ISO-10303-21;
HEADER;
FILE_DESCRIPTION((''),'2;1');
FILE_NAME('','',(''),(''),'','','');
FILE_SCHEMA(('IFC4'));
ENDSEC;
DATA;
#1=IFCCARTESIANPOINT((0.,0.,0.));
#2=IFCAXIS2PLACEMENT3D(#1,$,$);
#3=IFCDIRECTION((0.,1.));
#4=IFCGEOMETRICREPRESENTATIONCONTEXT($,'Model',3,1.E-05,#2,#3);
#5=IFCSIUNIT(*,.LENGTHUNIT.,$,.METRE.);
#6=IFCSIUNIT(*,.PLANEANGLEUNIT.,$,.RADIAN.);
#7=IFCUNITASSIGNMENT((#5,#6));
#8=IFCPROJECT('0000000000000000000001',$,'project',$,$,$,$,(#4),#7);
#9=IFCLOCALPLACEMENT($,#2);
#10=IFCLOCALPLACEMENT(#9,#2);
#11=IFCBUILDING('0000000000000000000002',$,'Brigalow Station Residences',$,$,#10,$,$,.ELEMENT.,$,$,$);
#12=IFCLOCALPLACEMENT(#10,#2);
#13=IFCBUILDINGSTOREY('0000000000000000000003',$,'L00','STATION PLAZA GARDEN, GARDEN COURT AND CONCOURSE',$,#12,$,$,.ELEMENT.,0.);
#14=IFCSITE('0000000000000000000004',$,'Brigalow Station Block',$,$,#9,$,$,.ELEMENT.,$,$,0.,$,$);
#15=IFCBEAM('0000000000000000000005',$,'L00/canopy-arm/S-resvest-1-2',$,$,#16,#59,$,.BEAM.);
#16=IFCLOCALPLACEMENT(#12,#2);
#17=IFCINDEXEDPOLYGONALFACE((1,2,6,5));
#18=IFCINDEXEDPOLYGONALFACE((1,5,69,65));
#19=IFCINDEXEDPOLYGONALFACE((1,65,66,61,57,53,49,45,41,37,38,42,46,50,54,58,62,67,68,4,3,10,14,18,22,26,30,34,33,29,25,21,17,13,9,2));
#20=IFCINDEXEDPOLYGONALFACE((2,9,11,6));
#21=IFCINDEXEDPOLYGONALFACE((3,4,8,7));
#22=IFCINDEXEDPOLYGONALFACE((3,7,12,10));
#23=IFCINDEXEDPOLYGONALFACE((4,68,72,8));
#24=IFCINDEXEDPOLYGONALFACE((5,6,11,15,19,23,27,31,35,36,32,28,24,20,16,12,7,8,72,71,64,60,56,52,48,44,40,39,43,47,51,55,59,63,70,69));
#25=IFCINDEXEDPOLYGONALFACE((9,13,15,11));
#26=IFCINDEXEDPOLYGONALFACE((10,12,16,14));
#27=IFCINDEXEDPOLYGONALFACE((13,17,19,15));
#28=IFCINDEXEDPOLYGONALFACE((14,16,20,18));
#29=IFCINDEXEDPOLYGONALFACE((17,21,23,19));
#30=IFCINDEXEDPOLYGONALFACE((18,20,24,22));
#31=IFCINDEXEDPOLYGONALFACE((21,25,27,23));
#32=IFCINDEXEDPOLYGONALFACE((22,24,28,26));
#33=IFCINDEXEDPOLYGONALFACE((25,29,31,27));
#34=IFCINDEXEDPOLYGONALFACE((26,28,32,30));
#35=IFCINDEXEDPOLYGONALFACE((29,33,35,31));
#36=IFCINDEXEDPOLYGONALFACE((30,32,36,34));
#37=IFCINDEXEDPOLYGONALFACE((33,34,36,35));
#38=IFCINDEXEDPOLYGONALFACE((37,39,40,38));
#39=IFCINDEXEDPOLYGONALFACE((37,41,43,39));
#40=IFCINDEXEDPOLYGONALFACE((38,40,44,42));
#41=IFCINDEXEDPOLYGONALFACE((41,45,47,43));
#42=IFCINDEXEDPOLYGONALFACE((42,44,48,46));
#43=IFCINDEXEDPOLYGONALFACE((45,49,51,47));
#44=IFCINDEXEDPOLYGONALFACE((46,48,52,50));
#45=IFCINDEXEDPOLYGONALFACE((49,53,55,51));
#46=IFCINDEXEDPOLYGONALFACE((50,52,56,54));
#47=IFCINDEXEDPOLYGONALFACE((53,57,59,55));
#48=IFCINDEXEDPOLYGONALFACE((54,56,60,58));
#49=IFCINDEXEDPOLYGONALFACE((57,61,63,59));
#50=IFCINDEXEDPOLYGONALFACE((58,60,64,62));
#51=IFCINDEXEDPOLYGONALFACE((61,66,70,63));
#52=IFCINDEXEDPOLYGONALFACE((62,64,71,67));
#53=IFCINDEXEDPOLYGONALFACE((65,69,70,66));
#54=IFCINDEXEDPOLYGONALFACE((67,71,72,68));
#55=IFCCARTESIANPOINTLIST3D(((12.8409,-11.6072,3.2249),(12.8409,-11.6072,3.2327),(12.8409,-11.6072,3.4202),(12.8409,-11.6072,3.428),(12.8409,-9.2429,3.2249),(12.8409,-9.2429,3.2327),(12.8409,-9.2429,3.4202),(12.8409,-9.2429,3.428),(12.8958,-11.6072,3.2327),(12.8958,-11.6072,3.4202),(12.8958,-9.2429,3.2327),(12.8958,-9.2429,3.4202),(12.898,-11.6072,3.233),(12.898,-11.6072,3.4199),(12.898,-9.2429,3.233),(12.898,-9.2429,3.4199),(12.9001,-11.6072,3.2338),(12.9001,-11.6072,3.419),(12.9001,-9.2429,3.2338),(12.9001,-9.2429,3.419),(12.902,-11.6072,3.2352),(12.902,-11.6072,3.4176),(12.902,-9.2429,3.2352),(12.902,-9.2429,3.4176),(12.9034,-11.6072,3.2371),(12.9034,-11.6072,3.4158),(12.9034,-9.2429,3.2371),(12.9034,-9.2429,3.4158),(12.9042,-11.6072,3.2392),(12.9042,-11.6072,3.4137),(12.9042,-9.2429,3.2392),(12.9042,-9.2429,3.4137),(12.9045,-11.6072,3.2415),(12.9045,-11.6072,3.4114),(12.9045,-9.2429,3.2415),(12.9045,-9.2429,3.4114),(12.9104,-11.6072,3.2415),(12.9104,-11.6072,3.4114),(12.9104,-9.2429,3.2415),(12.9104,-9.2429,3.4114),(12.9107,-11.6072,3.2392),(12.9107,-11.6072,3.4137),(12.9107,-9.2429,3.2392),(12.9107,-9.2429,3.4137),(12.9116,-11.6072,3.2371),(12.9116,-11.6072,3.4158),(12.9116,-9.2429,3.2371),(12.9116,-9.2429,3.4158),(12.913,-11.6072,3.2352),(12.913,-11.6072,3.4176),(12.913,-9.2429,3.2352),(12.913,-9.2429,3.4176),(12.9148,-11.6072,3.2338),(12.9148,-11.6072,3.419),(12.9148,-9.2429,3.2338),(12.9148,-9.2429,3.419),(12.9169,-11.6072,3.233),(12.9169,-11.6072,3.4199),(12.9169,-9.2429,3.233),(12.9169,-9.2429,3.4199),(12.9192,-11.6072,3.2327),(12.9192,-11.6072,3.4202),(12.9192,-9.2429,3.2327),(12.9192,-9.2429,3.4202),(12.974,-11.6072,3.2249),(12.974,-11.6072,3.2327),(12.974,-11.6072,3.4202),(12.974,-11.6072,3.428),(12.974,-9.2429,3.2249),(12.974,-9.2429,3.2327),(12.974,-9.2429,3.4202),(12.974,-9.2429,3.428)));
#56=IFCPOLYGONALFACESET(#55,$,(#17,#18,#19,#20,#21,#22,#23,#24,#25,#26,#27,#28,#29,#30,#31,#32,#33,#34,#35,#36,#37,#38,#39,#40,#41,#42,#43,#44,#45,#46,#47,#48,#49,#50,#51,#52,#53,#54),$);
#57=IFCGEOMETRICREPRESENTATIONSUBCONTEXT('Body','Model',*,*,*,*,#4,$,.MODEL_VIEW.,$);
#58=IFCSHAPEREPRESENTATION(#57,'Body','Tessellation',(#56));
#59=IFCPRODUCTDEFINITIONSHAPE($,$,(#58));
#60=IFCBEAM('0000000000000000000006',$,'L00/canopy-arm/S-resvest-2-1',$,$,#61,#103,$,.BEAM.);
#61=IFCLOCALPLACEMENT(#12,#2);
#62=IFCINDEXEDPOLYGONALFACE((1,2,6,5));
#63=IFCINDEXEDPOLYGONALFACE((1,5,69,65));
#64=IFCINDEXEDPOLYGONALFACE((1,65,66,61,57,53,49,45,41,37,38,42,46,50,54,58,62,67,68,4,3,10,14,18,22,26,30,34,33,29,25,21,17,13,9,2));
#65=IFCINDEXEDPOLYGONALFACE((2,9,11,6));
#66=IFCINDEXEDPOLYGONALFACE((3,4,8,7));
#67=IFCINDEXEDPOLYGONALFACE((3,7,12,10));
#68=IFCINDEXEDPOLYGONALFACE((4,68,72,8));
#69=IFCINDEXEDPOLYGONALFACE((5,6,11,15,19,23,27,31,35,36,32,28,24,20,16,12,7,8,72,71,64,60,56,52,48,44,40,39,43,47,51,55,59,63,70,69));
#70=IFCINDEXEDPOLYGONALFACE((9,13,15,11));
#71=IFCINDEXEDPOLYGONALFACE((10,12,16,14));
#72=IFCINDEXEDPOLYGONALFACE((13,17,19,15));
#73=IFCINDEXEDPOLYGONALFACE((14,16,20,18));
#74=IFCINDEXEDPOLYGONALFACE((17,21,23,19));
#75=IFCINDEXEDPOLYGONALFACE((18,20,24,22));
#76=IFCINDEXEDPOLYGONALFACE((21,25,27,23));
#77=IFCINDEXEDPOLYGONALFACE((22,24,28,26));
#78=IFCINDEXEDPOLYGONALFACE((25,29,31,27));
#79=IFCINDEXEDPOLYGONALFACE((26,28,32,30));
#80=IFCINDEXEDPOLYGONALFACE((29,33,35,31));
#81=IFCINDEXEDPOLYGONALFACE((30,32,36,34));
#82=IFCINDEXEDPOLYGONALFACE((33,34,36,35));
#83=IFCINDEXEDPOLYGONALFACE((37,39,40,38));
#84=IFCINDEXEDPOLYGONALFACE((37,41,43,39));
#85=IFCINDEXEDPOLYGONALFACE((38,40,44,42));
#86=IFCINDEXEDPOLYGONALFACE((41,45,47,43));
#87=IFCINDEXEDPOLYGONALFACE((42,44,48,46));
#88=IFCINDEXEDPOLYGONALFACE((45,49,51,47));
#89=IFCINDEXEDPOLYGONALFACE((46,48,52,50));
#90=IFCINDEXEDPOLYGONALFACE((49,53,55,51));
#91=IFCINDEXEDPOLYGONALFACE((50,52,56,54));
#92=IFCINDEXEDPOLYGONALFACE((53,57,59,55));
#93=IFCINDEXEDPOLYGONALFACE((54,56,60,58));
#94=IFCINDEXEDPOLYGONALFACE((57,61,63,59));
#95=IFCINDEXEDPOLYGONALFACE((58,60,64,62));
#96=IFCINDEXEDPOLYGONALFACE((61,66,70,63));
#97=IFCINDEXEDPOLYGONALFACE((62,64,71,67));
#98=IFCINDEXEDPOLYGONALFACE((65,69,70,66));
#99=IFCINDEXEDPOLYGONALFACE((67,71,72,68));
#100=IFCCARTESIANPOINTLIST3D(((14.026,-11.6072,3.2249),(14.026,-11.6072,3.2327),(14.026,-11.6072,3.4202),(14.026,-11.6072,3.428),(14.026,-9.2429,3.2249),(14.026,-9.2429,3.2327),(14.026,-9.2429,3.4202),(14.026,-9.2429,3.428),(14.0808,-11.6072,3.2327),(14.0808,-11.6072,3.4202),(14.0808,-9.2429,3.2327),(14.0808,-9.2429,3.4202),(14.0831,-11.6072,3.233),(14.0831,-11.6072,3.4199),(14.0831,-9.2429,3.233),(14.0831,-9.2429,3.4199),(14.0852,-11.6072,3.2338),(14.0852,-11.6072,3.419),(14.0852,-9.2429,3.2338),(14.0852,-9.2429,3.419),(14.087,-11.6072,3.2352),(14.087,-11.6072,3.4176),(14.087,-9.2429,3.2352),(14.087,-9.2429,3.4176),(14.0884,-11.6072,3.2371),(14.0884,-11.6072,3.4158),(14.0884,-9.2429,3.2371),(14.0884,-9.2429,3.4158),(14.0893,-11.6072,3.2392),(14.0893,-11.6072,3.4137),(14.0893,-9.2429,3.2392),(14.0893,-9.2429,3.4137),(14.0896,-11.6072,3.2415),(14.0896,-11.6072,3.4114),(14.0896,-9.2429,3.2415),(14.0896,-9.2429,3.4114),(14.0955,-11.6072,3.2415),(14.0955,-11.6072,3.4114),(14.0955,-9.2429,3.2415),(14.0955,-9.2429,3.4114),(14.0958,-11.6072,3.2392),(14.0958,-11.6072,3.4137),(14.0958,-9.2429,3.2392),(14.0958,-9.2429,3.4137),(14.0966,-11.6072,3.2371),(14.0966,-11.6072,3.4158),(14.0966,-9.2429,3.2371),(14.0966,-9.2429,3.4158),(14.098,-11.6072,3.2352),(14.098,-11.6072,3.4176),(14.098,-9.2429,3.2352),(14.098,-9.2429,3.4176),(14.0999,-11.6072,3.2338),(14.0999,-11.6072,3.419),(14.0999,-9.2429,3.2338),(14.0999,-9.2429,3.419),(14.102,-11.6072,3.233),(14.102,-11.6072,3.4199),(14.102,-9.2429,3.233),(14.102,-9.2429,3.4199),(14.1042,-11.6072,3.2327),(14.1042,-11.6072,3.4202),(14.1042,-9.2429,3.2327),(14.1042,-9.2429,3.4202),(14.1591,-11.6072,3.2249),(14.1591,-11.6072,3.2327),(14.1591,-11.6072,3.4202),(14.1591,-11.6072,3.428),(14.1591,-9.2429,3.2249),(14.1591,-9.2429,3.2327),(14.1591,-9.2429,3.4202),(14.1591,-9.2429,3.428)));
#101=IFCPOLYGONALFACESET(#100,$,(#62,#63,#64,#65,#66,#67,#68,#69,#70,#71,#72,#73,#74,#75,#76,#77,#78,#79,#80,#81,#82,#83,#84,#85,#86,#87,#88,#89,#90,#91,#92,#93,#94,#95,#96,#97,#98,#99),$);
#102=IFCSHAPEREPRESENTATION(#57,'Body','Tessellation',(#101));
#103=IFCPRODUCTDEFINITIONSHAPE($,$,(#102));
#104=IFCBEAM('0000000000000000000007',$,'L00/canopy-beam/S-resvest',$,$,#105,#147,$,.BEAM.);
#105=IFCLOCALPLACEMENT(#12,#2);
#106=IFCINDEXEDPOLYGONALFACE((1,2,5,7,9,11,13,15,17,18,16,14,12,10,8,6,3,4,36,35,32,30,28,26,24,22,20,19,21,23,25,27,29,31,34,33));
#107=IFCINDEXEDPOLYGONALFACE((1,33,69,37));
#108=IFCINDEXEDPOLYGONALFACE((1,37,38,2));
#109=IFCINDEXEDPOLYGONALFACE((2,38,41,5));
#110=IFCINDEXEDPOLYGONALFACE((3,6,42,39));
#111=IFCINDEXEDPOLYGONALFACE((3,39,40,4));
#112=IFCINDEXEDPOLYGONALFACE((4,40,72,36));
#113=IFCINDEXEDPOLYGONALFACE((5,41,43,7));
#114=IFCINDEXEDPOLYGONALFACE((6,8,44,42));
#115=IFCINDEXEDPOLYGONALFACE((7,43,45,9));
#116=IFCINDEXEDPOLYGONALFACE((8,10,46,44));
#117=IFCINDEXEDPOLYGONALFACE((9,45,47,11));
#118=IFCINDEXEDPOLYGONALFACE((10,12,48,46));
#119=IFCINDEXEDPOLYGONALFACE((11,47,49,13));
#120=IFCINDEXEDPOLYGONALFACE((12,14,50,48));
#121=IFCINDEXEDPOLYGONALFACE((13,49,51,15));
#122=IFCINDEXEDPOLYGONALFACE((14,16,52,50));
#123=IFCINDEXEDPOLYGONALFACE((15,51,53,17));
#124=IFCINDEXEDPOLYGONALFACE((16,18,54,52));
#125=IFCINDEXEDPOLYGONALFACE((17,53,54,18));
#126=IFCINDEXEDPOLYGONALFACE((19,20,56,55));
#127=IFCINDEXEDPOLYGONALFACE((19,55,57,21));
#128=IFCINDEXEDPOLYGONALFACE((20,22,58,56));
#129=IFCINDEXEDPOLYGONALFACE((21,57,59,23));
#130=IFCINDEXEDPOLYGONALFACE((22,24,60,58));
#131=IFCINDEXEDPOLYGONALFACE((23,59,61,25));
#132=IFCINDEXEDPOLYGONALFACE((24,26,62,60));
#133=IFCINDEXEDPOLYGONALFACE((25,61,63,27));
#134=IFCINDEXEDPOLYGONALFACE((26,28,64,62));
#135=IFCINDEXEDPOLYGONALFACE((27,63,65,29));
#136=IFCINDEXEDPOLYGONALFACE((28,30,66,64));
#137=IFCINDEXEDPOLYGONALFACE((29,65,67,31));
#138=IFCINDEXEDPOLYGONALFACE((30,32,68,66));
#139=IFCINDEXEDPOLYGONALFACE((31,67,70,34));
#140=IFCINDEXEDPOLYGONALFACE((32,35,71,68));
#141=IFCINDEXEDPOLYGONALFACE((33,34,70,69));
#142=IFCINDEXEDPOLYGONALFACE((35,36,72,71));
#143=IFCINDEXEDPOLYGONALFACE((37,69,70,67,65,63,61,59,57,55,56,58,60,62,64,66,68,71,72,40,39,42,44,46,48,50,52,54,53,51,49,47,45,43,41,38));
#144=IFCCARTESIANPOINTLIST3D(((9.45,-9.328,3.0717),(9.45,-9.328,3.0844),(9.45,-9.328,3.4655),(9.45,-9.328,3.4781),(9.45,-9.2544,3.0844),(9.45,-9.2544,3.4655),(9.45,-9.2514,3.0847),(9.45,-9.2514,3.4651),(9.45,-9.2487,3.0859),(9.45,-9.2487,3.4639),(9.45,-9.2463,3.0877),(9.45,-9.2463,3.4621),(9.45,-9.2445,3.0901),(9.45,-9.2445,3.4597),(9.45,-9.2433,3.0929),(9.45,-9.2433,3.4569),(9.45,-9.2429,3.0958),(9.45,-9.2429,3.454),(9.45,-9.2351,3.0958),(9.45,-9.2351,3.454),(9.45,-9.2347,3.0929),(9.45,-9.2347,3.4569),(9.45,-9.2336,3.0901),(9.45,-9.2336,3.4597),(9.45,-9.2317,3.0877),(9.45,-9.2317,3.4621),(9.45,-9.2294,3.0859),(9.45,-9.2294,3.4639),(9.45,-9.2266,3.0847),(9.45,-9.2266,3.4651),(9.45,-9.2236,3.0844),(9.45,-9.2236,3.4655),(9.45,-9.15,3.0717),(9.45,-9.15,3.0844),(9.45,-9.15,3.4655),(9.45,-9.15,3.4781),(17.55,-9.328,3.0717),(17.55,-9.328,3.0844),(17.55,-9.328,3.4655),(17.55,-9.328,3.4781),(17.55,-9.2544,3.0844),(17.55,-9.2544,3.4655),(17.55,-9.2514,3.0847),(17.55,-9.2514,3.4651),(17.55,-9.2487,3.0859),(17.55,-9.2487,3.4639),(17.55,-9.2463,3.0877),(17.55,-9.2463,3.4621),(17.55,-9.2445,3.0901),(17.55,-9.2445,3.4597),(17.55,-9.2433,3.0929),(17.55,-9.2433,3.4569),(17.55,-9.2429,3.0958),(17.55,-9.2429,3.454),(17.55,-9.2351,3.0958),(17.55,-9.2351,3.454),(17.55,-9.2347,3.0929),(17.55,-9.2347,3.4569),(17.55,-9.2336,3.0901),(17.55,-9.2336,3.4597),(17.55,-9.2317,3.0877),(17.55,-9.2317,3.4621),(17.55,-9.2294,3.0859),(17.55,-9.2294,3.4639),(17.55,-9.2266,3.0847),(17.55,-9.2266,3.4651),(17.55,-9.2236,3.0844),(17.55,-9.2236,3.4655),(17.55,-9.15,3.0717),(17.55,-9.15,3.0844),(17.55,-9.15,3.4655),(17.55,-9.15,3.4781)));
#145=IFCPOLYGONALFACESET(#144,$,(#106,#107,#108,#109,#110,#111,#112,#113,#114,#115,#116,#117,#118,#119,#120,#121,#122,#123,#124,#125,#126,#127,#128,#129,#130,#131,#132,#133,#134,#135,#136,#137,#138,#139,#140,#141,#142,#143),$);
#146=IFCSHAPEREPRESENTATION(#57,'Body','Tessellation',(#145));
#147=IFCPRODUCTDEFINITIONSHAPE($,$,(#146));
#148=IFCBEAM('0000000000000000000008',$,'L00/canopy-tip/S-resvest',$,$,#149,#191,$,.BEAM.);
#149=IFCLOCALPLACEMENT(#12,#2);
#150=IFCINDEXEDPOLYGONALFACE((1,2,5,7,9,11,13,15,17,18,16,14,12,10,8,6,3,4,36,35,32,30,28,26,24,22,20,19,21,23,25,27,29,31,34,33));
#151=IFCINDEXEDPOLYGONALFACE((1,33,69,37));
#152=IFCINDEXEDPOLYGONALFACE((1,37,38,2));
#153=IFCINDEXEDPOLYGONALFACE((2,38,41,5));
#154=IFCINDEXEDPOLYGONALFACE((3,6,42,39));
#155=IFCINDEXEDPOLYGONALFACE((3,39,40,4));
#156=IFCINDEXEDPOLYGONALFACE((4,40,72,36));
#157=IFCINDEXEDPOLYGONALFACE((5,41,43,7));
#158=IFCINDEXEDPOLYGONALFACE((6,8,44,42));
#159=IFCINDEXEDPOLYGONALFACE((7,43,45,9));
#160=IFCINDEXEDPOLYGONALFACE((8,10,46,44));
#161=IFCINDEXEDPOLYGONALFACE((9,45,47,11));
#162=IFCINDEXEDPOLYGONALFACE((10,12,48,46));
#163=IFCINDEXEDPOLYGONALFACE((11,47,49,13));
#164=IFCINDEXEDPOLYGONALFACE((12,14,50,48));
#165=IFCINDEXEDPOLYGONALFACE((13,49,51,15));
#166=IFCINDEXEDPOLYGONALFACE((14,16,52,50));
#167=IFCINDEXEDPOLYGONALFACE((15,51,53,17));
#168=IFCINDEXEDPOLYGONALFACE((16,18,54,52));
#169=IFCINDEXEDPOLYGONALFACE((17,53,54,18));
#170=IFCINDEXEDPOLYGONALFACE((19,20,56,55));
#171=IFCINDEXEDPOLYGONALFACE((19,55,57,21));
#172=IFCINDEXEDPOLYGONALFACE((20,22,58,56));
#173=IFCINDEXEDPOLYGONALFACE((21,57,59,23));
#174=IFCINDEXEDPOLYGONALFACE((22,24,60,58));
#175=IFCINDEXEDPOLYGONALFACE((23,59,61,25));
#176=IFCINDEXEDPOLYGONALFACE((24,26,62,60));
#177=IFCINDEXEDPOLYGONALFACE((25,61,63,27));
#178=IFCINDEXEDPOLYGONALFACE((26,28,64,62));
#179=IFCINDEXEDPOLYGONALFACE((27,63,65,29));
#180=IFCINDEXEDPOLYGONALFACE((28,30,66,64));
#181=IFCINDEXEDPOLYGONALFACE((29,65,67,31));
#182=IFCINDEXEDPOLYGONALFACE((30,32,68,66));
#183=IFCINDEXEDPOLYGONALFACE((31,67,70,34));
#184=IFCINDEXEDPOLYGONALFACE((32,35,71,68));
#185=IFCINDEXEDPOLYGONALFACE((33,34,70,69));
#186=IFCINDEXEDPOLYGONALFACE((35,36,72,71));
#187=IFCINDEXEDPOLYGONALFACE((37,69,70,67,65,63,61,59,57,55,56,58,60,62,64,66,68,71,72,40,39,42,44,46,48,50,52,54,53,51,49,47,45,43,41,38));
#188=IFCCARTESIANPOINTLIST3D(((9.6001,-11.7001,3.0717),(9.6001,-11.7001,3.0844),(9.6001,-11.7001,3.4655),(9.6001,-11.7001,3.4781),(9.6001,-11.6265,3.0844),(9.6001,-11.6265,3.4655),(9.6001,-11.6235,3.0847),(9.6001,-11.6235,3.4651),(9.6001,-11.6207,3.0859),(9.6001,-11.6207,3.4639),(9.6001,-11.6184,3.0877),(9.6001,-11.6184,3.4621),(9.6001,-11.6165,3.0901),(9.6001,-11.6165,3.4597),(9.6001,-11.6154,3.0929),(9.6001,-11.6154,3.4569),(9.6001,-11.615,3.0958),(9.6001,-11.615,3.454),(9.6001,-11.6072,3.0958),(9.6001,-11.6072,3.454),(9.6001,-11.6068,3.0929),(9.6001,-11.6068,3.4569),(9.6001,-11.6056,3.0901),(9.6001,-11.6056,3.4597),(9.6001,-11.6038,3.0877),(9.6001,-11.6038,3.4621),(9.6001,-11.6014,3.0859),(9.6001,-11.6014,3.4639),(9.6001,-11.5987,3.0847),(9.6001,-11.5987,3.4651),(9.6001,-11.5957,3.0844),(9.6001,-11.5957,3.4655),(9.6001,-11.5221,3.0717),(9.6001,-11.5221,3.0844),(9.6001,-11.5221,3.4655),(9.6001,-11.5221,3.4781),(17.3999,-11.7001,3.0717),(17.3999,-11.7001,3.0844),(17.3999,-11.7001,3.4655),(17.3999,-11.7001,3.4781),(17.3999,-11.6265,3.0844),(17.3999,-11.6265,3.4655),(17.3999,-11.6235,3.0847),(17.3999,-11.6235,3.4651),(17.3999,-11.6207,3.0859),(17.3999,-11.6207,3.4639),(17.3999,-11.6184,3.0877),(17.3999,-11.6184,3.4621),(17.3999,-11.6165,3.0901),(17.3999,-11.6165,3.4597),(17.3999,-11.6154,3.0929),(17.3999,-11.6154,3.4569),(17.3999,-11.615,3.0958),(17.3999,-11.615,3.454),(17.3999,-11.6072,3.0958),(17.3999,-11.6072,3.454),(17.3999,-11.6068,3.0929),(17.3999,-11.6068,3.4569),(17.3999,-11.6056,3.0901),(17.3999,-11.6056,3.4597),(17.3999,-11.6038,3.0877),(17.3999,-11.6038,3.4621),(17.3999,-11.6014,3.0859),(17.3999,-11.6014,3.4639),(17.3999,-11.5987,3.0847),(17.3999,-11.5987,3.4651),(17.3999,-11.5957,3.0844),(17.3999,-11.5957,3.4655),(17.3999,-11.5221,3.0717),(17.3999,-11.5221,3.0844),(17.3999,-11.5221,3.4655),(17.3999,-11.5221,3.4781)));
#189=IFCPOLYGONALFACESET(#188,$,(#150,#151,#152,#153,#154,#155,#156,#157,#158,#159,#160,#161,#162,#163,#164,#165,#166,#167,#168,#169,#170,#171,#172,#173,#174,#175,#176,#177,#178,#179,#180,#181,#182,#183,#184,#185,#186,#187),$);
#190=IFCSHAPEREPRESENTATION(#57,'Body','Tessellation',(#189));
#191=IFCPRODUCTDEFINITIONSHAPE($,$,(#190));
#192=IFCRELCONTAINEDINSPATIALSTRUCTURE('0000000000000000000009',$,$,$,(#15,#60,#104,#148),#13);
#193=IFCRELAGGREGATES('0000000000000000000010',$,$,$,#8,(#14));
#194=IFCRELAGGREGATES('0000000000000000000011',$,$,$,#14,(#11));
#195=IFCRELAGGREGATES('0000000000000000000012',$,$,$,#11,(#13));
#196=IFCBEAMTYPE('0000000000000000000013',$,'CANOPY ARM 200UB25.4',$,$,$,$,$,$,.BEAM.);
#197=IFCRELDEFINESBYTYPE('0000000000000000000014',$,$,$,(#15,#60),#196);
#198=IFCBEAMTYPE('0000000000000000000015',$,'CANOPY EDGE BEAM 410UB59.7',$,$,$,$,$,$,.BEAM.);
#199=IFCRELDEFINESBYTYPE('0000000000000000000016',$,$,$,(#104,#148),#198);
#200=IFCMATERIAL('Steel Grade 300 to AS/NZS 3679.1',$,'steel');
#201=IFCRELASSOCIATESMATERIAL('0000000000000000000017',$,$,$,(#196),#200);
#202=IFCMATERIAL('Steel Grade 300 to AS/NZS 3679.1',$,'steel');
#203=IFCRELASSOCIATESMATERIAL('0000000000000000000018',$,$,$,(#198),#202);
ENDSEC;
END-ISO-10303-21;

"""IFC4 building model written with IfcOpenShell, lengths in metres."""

from ifc_helpers import new_model, si_unit, direction, frame, origin, origin_2d, place, context, subcontext, project, spatial, i_section, extrude, material, material_profile, profile_set, type_object, element, save


model = new_model("IFC4")

# Units and contexts
model_context = context("Model", 3, precision=1e-05, world=origin(), true_north=direction((0.0, 1.0)))
body_context = subcontext(model_context, "Body", "Model", "MODEL_VIEW")
ifc_project = project(units=[si_unit("LENGTHUNIT", "METRE"), si_unit("PLANEANGLEUNIT", "RADIAN")], contexts=[model_context])

# Site, building, storey
site_placement = place(None, origin())
site = spatial("IfcSite", under=ifc_project, at=site_placement, Name="Brigalow Station Block", CompositionType="ELEMENT", RefElevation=0.0)
building_placement = place(site_placement, origin())
building = spatial("IfcBuilding", under=site, at=building_placement, Name="Brigalow Station Residences", CompositionType="ELEMENT")
storey_placement = place(building_placement, origin())
storey = spatial("IfcBuildingStorey", under=building, at=storey_placement, Name="L00", Description="STATION PLAZA GARDEN, GARDEN COURT AND CONCOURSE", CompositionType="ELEMENT", Elevation=0.0)

# Beams
ifc_material_1 = material(Name="Steel Grade 300 to AS/NZS 3679.1", Category="steel")
ifc_material_profile_1 = material_profile(ifc_material_1, i_section(OverallWidth=0.1331, OverallDepth=0.2031, WebThickness=0.0059, FlangeThickness=0.0078, FilletRadius=0.0088, at=origin_2d()), Name="200UB25.4")
ifc_profile_set_1 = profile_set([ifc_material_profile_1], Name="Steel Grade 300 to AS/NZS 3679.1")
beam_type_1 = type_object("IfcBeamType", Name="CANOPY ARM 200UB25.4", PredefinedType="BEAM", material=ifc_profile_set_1)
for number, where, z_axis, x_axis, name in (
    (1, (12.9075, -9.2429, 3.3264), (0.0, -1.0, 0.0), (1.0, 0.0, 0.0), "L00/canopy-arm/S-resvest-1-2"),
    (2, (14.0925, -9.2429, 3.3264), (0.0, -1.0, 0.0), (1.0, 0.0, 0.0), "L00/canopy-arm/S-resvest-2-1"),
):
    element("IfcBeam", number, at=place(storey_placement, frame(where, z_axis=z_axis, x_axis=x_axis)), inside=storey, type_object=beam_type_1, Name=name, PredefinedType="BEAM", context=body_context, shape_type="SweptSolid", body=[
        extrude(i_section(OverallWidth=0.1331, OverallDepth=0.2031, WebThickness=0.0059, FlangeThickness=0.0078, FilletRadius=0.0088, at=origin_2d()), origin(), (0.0, 0.0, 1.0), 2.3643),
    ])
ifc_material_2 = material(Name="Steel Grade 300 to AS/NZS 3679.1", Category="steel")
ifc_material_profile_2 = material_profile(ifc_material_2, i_section(OverallWidth=0.178, OverallDepth=0.4065, WebThickness=0.0078, FlangeThickness=0.0127, FilletRadius=0.0115, at=origin_2d()), Name="410UB59.7")
ifc_profile_set_2 = profile_set([ifc_material_profile_2], Name="Steel Grade 300 to AS/NZS 3679.1")
beam_type_2 = type_object("IfcBeamType", Name="CANOPY EDGE BEAM 410UB59.7", PredefinedType="BEAM", material=ifc_profile_set_2)
beam_1_placement = place(storey_placement, frame((9.45, -9.239, 3.2749), z_axis=(1.0, 0.0, 0.0), x_axis=(0.0, 1.0, 0.0)))
element("IfcBeam", 3, at=beam_1_placement, inside=storey, type_object=beam_type_2, Name="L00/canopy-beam/S-resvest", PredefinedType="BEAM", context=body_context, shape_type="SweptSolid", body=[
    extrude(i_section(OverallWidth=0.178, OverallDepth=0.4065, WebThickness=0.0078, FlangeThickness=0.0127, FilletRadius=0.0115, at=origin_2d()), origin(), (0.0, 0.0, 1.0), 8.1001),
])
beam_2_placement = place(storey_placement, frame((9.6001, -11.6111, 3.2749), z_axis=(1.0, 0.0, 0.0), x_axis=(0.0, 1.0, 0.0)))
element("IfcBeam", 4, at=beam_2_placement, inside=storey, type_object=beam_type_2, Name="L00/canopy-tip/S-resvest", PredefinedType="BEAM", context=body_context, shape_type="SweptSolid", body=[
    extrude(i_section(OverallWidth=0.178, OverallDepth=0.4065, WebThickness=0.0078, FlangeThickness=0.0127, FilletRadius=0.0115, at=origin_2d()), origin(), (0.0, 0.0, 1.0), 7.7998),
])

save(model, "model.ifc")
